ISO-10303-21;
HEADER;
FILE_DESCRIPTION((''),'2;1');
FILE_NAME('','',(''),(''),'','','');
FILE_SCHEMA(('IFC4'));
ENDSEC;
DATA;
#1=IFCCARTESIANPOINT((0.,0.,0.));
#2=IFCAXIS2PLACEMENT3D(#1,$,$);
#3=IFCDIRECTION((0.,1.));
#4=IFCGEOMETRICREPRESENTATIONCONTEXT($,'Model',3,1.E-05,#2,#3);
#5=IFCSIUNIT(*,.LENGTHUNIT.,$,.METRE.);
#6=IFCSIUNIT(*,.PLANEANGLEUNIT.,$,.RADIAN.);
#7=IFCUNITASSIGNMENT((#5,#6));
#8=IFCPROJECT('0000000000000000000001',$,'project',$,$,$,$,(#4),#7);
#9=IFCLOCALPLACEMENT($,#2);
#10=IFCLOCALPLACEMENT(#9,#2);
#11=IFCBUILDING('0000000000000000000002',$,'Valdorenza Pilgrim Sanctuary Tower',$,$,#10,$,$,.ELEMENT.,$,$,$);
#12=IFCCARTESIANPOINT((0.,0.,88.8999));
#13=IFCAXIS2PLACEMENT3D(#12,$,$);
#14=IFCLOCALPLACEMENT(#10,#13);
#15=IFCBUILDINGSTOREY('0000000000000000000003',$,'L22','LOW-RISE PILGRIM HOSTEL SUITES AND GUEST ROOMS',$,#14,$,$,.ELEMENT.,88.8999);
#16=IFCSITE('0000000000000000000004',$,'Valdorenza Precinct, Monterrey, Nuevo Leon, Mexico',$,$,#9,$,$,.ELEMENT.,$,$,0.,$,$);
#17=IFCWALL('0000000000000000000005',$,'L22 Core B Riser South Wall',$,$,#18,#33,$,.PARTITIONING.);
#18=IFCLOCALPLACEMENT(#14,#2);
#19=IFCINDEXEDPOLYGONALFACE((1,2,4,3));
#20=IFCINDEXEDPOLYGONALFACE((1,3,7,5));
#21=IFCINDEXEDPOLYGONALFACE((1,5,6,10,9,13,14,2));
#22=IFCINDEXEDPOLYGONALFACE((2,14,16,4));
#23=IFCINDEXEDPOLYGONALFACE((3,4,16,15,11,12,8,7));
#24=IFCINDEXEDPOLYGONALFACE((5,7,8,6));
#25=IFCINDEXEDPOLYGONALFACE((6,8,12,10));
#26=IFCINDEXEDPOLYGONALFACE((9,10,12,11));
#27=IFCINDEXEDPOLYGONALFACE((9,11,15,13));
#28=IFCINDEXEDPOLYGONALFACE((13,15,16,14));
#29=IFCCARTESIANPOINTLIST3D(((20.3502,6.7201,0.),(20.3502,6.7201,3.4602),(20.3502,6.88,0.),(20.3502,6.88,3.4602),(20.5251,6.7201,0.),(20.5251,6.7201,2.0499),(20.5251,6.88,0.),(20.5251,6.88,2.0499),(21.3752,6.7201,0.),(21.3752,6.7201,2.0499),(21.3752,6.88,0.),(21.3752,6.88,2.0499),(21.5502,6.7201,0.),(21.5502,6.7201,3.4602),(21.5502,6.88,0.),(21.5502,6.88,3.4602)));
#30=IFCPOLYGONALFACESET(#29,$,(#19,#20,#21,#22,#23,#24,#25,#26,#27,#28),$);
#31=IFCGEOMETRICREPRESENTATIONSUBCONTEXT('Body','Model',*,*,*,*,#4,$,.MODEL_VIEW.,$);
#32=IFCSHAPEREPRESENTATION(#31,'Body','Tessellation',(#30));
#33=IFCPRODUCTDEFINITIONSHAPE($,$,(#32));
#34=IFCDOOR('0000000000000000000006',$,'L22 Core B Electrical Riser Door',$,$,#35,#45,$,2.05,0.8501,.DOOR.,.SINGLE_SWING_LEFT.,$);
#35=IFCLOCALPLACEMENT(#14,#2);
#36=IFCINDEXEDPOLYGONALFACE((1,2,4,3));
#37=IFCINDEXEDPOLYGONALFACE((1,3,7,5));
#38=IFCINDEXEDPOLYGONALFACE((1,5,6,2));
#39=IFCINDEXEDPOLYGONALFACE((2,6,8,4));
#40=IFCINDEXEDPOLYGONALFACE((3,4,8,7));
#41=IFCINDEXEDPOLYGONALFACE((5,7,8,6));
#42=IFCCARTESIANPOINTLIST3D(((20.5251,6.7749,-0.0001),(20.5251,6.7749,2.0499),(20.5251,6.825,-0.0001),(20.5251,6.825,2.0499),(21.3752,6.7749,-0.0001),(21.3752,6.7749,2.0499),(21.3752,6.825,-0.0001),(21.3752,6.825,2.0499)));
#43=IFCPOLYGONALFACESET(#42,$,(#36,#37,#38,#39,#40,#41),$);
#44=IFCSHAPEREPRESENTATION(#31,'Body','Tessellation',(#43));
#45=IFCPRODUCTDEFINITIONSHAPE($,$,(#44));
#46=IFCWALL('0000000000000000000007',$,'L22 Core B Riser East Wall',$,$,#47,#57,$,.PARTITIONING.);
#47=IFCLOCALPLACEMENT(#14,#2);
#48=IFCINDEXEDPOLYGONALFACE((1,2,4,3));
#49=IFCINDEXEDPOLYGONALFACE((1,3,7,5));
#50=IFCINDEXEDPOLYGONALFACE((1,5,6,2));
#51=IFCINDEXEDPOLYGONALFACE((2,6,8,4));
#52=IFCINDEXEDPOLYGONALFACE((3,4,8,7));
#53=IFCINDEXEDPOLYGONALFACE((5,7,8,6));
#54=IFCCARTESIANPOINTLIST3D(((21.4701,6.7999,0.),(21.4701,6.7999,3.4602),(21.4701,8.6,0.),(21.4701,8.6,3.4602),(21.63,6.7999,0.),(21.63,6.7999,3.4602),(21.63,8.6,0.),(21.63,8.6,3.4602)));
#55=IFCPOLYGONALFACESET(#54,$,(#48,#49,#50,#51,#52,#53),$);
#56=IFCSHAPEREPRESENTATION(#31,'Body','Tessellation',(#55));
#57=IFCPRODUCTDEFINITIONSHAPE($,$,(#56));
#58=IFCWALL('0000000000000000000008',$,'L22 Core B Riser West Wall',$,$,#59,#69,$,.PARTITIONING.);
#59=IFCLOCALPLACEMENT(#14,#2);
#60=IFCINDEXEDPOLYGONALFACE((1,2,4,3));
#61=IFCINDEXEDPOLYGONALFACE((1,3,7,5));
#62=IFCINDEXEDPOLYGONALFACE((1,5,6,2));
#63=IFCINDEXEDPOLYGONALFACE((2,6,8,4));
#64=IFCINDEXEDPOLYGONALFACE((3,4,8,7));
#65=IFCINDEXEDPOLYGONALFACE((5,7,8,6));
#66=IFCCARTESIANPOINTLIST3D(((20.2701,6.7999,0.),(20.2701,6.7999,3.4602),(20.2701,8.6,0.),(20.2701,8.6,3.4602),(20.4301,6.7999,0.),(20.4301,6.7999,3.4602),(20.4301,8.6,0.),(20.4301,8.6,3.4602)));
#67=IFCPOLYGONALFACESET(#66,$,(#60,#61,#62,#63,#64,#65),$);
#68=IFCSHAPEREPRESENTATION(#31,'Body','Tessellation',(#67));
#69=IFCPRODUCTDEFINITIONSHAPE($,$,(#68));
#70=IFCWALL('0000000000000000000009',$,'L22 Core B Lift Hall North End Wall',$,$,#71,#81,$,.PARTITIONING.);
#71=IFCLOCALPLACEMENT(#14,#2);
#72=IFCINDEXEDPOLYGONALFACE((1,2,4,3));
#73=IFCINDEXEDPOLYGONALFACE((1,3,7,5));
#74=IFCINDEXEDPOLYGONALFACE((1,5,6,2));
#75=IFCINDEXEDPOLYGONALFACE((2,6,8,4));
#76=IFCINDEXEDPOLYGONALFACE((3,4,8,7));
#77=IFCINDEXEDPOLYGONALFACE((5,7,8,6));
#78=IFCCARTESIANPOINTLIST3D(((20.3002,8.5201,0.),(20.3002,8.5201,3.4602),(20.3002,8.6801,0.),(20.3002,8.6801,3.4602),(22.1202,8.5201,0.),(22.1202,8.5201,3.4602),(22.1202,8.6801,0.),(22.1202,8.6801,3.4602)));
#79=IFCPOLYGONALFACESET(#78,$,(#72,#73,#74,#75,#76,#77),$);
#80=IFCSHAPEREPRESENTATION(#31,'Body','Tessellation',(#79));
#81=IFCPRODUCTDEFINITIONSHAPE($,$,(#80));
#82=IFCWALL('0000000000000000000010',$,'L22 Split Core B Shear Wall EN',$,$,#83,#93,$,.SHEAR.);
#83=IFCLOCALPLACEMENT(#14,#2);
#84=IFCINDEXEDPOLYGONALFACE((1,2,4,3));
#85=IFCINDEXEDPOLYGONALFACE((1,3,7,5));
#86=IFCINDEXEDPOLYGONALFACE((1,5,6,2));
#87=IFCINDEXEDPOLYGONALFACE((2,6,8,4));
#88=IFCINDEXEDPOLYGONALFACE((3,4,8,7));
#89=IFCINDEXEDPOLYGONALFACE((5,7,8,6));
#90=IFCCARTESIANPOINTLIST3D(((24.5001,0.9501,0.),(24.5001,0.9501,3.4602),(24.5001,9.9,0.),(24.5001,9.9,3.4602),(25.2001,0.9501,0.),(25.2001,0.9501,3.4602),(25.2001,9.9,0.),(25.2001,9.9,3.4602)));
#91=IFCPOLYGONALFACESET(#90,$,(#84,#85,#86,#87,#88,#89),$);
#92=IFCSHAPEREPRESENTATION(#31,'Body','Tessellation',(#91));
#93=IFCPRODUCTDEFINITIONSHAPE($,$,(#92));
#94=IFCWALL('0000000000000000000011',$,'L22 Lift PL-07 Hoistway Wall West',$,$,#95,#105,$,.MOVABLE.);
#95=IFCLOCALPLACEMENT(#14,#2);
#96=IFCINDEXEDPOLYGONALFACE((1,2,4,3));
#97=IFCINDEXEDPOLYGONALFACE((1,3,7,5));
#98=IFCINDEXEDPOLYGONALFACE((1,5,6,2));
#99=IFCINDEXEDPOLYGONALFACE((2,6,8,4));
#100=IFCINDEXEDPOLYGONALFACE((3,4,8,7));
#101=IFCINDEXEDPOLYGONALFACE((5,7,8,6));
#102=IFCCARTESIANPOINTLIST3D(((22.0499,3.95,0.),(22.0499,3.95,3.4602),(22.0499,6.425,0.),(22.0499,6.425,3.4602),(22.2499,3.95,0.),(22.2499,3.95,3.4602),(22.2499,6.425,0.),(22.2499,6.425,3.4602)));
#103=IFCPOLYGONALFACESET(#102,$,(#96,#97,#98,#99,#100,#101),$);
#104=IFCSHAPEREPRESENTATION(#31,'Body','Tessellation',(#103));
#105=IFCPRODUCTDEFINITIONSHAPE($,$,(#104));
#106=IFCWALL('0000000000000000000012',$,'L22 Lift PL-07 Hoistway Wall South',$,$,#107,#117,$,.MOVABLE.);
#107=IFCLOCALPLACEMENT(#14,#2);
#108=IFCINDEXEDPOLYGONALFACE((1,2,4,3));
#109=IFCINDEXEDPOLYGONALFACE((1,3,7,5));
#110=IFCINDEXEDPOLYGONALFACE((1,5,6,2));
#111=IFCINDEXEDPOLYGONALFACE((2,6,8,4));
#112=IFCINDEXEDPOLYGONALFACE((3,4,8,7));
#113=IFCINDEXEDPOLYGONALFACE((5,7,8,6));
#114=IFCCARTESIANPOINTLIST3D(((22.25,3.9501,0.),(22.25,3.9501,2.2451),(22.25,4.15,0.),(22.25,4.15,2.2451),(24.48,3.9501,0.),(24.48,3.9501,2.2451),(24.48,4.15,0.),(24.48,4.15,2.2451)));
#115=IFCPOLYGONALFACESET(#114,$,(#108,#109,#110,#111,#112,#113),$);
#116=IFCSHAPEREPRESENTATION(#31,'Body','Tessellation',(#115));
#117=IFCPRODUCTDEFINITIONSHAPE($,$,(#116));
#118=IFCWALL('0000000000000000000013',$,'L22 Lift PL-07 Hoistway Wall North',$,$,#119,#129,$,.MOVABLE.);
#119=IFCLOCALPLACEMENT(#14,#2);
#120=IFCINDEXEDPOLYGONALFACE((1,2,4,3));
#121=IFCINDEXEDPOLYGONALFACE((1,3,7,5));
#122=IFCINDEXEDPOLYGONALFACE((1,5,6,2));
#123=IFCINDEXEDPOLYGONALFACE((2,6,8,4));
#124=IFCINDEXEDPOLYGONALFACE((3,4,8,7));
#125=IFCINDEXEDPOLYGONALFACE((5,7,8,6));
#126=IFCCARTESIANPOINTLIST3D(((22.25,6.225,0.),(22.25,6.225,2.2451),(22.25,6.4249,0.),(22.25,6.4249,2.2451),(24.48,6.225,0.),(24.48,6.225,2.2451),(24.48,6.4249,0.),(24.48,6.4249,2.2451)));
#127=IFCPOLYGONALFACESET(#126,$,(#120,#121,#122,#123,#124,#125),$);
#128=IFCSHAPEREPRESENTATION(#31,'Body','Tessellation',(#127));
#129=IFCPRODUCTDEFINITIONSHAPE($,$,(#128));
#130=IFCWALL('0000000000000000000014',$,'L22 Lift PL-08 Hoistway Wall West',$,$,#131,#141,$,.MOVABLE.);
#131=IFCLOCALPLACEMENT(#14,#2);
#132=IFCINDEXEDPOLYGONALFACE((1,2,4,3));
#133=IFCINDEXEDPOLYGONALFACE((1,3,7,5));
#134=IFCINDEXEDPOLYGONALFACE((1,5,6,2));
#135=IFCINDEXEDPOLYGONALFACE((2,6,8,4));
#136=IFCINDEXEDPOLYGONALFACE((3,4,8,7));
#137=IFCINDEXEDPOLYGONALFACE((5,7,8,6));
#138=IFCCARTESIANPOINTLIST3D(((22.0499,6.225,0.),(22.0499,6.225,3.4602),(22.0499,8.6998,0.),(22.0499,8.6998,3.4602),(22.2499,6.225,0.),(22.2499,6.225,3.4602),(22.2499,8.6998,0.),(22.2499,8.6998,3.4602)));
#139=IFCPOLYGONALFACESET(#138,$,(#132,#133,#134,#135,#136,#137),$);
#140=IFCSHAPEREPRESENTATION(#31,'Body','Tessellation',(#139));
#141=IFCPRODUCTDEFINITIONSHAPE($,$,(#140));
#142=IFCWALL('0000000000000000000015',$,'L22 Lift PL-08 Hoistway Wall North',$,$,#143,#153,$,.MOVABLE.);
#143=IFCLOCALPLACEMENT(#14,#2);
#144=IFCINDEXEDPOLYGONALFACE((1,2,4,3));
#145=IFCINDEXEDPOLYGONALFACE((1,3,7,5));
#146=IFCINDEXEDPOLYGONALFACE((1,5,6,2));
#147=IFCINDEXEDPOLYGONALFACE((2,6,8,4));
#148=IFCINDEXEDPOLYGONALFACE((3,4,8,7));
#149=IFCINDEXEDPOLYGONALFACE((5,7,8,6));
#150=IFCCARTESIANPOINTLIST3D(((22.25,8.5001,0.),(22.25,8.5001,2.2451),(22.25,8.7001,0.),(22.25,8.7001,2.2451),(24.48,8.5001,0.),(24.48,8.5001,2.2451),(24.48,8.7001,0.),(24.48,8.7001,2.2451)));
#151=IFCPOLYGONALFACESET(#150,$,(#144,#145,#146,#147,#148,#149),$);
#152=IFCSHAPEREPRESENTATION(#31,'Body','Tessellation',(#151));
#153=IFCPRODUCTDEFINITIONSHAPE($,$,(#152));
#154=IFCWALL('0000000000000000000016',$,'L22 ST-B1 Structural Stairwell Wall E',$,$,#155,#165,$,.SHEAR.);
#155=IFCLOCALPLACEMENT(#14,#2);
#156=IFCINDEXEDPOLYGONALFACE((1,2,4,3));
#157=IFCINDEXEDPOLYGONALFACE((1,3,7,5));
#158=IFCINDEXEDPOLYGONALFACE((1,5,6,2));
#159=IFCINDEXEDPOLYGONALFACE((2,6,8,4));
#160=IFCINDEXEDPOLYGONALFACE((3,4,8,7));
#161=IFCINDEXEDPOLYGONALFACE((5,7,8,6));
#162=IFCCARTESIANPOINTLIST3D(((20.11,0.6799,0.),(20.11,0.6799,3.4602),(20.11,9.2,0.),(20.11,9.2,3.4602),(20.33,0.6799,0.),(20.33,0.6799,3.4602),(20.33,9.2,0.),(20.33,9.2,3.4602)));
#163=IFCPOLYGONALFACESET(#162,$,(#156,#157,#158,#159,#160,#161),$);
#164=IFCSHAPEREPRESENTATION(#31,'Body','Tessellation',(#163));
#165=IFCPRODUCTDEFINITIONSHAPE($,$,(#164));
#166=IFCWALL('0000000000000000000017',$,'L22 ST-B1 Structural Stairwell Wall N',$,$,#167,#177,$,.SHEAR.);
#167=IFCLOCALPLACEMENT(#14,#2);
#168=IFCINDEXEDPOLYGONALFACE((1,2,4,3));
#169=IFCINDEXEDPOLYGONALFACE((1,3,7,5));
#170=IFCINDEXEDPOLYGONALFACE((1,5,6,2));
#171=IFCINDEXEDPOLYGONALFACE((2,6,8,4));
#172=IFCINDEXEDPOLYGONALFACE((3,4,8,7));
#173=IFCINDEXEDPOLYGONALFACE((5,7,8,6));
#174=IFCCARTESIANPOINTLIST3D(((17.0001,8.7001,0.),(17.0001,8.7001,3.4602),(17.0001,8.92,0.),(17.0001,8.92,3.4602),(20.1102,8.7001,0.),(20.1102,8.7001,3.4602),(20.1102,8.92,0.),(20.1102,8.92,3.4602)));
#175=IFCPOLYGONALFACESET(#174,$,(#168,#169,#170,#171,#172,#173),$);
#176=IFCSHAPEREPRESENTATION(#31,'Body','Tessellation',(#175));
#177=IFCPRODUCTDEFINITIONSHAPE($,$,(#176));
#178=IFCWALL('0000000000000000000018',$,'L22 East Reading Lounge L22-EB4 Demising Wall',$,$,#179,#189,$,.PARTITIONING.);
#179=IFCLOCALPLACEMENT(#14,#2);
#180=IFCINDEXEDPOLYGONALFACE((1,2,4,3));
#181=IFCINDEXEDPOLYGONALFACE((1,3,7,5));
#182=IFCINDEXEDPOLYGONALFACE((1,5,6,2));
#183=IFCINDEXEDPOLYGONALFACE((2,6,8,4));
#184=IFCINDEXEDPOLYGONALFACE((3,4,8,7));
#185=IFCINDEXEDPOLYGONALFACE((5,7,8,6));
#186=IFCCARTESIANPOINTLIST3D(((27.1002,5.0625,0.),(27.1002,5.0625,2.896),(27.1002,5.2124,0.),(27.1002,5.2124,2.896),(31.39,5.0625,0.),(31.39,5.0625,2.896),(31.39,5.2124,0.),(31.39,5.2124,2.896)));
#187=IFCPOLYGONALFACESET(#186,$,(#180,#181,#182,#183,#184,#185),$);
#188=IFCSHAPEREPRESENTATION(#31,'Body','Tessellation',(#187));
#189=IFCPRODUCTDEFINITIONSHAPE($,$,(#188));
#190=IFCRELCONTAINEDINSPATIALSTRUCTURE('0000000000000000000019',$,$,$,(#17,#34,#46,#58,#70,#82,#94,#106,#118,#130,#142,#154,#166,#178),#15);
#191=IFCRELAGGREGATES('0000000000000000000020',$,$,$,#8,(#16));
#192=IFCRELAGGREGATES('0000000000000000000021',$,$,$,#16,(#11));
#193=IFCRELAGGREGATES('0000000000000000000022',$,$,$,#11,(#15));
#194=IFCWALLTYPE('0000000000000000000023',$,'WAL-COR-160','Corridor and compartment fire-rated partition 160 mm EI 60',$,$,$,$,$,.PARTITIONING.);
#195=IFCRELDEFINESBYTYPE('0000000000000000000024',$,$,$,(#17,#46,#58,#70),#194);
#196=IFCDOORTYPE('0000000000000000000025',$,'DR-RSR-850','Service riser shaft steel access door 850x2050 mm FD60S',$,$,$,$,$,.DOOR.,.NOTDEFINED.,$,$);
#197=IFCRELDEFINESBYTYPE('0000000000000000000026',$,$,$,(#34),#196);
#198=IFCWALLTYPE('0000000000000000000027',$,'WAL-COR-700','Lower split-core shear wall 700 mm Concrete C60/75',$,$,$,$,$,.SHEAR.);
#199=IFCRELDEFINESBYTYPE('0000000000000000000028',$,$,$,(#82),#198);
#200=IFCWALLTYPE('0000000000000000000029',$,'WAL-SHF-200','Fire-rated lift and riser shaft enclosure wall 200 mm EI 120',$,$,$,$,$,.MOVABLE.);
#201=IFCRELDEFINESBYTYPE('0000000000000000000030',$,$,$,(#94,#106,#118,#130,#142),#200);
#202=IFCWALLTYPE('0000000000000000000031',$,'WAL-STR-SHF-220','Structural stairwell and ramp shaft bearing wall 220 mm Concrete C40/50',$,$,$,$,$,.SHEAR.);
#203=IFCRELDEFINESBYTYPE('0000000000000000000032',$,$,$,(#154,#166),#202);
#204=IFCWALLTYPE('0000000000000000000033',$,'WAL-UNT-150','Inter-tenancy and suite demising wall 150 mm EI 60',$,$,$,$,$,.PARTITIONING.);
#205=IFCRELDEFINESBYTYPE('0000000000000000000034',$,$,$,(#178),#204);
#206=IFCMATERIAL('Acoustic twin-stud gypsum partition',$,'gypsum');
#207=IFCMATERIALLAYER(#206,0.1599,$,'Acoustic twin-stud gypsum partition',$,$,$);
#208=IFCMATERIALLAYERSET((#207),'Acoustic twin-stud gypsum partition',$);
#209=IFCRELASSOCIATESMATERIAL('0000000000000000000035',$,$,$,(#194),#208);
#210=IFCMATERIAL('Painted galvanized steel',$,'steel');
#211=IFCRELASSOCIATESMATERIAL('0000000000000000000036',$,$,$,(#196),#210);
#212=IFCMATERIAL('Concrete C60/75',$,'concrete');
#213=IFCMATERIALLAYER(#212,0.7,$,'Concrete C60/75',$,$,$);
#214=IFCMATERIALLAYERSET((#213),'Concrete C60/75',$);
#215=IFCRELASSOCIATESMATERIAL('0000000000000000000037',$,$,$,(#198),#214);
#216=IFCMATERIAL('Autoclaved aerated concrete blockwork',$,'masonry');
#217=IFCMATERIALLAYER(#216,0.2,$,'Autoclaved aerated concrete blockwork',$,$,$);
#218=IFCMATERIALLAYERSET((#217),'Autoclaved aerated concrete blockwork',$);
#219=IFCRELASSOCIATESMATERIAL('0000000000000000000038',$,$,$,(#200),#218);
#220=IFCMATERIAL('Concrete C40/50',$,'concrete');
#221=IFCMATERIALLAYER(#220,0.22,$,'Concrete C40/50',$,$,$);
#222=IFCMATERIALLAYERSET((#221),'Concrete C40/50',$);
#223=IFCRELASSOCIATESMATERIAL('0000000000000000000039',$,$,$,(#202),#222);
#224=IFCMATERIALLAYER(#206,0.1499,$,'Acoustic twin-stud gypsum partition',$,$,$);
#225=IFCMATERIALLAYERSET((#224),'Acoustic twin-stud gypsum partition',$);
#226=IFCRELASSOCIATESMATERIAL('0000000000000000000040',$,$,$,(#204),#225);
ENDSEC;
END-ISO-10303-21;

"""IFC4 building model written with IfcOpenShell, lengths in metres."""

from ifc_helpers import new_model, si_unit, direction, frame, frame_2d, origin, place, context, subcontext, project, spatial, rectangle, extrude, material, layer, layer_set, type_object, element, fill, save


model = new_model("IFC4")

# Units and contexts
model_context = context("Model", 3, precision=1e-05, world=origin(), true_north=direction((0.0, 1.0)))
body_context = subcontext(model_context, "Body", "Model", "MODEL_VIEW")
ifc_project = project(units=[si_unit("LENGTHUNIT", "METRE"), si_unit("PLANEANGLEUNIT", "RADIAN")], contexts=[model_context])

# Site, building, storey
site_placement = place(None, origin())
site = spatial("IfcSite", under=ifc_project, at=site_placement, Name="Valdorenza Precinct, Monterrey, Nuevo Leon, Mexico", CompositionType="ELEMENT", RefElevation=0.0)
building_placement = place(site_placement, origin())
building = spatial("IfcBuilding", under=site, at=building_placement, Name="Valdorenza Pilgrim Sanctuary Tower", CompositionType="ELEMENT")
storey_placement = place(building_placement, frame((0.0, 0.0, 88.8999)))
storey = spatial("IfcBuildingStorey", under=building, at=storey_placement, Name="L22", Description="LOW-RISE PILGRIM HOSTEL SUITES AND GUEST ROOMS", CompositionType="ELEMENT", Elevation=88.8999)

# Wall, opening, door
ifc_material_1 = material(Name="Acoustic twin-stud gypsum partition", Category="gypsum")
ifc_layer_1 = layer(ifc_material_1, 0.1599, Name="Acoustic twin-stud gypsum partition")
ifc_layer_set_1 = layer_set([ifc_layer_1], Name="Acoustic twin-stud gypsum partition")
wall_type_1 = type_object("IfcWallType", Name="WAL-COR-160", Description="Corridor and compartment fire-rated partition 160 mm EI 60", PredefinedType="PARTITIONING", material=ifc_layer_set_1)
wall_1_placement = place(storey_placement, frame((20.3501, 6.8, 0.0), z_axis=(0.0, 0.0, 1.0), x_axis=(1.0, 0.0, 0.0)))
wall_1 = element("IfcWall", 1, at=wall_1_placement, inside=storey, type_object=wall_type_1, Name="L22 Core B Riser South Wall", PredefinedType="PARTITIONING", context=body_context, shape_type="SweptSolid", body=[
    extrude(rectangle(XDim=1.2, YDim=0.1599, at=frame_2d((0.6001, 0.0))), origin(), (0.0, 0.0, 1.0), 3.4602),
])
opening_1_placement = place(wall_1_placement, frame((0.175, 0.0, 0.0)))
opening_1 = element("IfcOpeningElement", 2, at=opening_1_placement, cuts=wall_1, PredefinedType="OPENING", context=body_context, shape_type="SweptSolid", body=[
    extrude(rectangle(XDim=0.8501, YDim=2.05, at=frame_2d((0.425, 1.0249))), frame((0.0, 0.0947, 0.0), z_axis=(0.0, -1.0, 0.0), x_axis=(1.0, 0.0, 0.0)), (0.0, 0.0, 1.0), 0.1897),
])
ifc_material_2 = material(Name="Painted galvanized steel", Category="steel")
door_type_1 = type_object("IfcDoorType", Name="DR-RSR-850", Description="Service riser shaft steel access door 850x2050 mm FD60S", OperationType="NOTDEFINED", PredefinedType="DOOR", material=ifc_material_2)
door_1_placement = place(opening_1_placement, origin())
door_1 = element("IfcDoor", 3, at=door_1_placement, inside=storey, type_object=door_type_1, Name="L22 Core B Electrical Riser Door", OperationType="SINGLE_SWING_LEFT", OverallHeight=2.05, OverallWidth=0.8501, PredefinedType="DOOR", context=body_context, shape_type="SweptSolid", body=[
    extrude(rectangle(XDim=0.8501, YDim=2.05, at=frame_2d((0.425, 1.0249))), frame((0.0, 0.0249, 0.0), z_axis=(0.0, -1.0, 0.0), x_axis=(1.0, 0.0, 0.0)), (0.0, 0.0, 1.0), 0.05),
])
fill(opening_1, door_1)

# Walls
for number, where, z_axis, x_axis, name in (
    (4, (21.55, 6.8, 0.0), (0.0, 0.0, 1.0), (0.0, 1.0, 0.0), "L22 Core B Riser East Wall"),
    (5, (20.3501, 6.8, 0.0), (0.0, 0.0, 1.0), (0.0, 1.0, 0.0), "L22 Core B Riser West Wall"),
):
    element("IfcWall", number, at=place(storey_placement, frame(where, z_axis=z_axis, x_axis=x_axis)), inside=storey, type_object=wall_type_1, Name=name, PredefinedType="PARTITIONING", context=body_context, shape_type="SweptSolid", body=[
        extrude(rectangle(XDim=1.8, YDim=0.1599, at=frame_2d((0.8999, 0.0))), origin(), (0.0, 0.0, 1.0), 3.4602),
    ])
wall_2_placement = place(storey_placement, frame((20.3, 8.6001, 0.0), z_axis=(0.0, 0.0, 1.0), x_axis=(1.0, 0.0, 0.0)))
element("IfcWall", 6, at=wall_2_placement, inside=storey, type_object=wall_type_1, Name="L22 Core B Lift Hall North End Wall", PredefinedType="PARTITIONING", context=body_context, shape_type="SweptSolid", body=[
    extrude(rectangle(XDim=1.8201, YDim=0.1599, at=frame_2d((0.9102, 0.0))), origin(), (0.0, 0.0, 1.0), 3.4602),
])
ifc_material_3 = material(Name="Concrete C60/75", Category="concrete")
ifc_layer_2 = layer(ifc_material_3, 0.7, Name="Concrete C60/75")
ifc_layer_set_2 = layer_set([ifc_layer_2], Name="Concrete C60/75")
wall_type_2 = type_object("IfcWallType", Name="WAL-COR-700", Description="Lower split-core shear wall 700 mm Concrete C60/75", PredefinedType="SHEAR", material=ifc_layer_set_2)
wall_3_placement = place(storey_placement, frame((24.8501, 0.95, 0.0), z_axis=(0.0, 0.0, 1.0), x_axis=(0.0, 1.0, 0.0)))
element("IfcWall", 7, at=wall_3_placement, inside=storey, type_object=wall_type_2, Name="L22 Split Core B Shear Wall EN", PredefinedType="SHEAR", context=body_context, shape_type="SweptSolid", body=[
    extrude(rectangle(XDim=8.95, YDim=0.7, at=frame_2d((4.4751, 0.0))), origin(), (0.0, 0.0, 1.0), 3.4602),
])
ifc_material_4 = material(Name="Autoclaved aerated concrete blockwork", Category="masonry")
ifc_layer_3 = layer(ifc_material_4, 0.2, Name="Autoclaved aerated concrete blockwork")
ifc_layer_set_3 = layer_set([ifc_layer_3], Name="Autoclaved aerated concrete blockwork")
wall_type_3 = type_object("IfcWallType", Name="WAL-SHF-200", Description="Fire-rated lift and riser shaft enclosure wall 200 mm EI 120", PredefinedType="MOVABLE", material=ifc_layer_set_3)
wall_4_placement = place(storey_placement, frame((22.1499, 3.95, 0.0), z_axis=(0.0, 0.0, 1.0), x_axis=(0.0, 1.0, 0.0)))
element("IfcWall", 8, at=wall_4_placement, inside=storey, type_object=wall_type_3, Name="L22 Lift PL-07 Hoistway Wall West", PredefinedType="MOVABLE", context=body_context, shape_type="SweptSolid", body=[
    extrude(rectangle(XDim=2.4751, YDim=0.2, at=frame_2d((1.2375, 0.0))), origin(), (0.0, 0.0, 1.0), 3.4602),
])
for number, where, z_axis, x_axis, name in (
    (9, (22.25, 4.05, 0.0), (0.0, 0.0, 1.0), (1.0, 0.0, 0.0), "L22 Lift PL-07 Hoistway Wall South"),
    (10, (22.25, 6.325, 0.0), (0.0, 0.0, 1.0), (1.0, 0.0, 0.0), "L22 Lift PL-07 Hoistway Wall North"),
):
    element("IfcWall", number, at=place(storey_placement, frame(where, z_axis=z_axis, x_axis=x_axis)), inside=storey, type_object=wall_type_3, Name=name, PredefinedType="MOVABLE", context=body_context, shape_type="SweptSolid", body=[
        extrude(rectangle(XDim=2.23, YDim=0.2, at=frame_2d((1.115, 0.0))), origin(), (0.0, 0.0, 1.0), 2.2451),
    ])
wall_5_placement = place(storey_placement, frame((22.1499, 6.2251, 0.0), z_axis=(0.0, 0.0, 1.0), x_axis=(0.0, 1.0, 0.0)))
element("IfcWall", 11, at=wall_5_placement, inside=storey, type_object=wall_type_3, Name="L22 Lift PL-08 Hoistway Wall West", PredefinedType="MOVABLE", context=body_context, shape_type="SweptSolid", body=[
    extrude(rectangle(XDim=2.4749, YDim=0.2, at=frame_2d((1.2373, 0.0))), origin(), (0.0, 0.0, 1.0), 3.4602),
])
wall_6_placement = place(storey_placement, frame((22.25, 8.6001, 0.0), z_axis=(0.0, 0.0, 1.0), x_axis=(1.0, 0.0, 0.0)))
element("IfcWall", 12, at=wall_6_placement, inside=storey, type_object=wall_type_3, Name="L22 Lift PL-08 Hoistway Wall North", PredefinedType="MOVABLE", context=body_context, shape_type="SweptSolid", body=[
    extrude(rectangle(XDim=2.23, YDim=0.2, at=frame_2d((1.115, 0.0))), origin(), (0.0, 0.0, 1.0), 2.2451),
])
ifc_material_5 = material(Name="Concrete C40/50", Category="concrete")
ifc_layer_4 = layer(ifc_material_5, 0.22, Name="Concrete C40/50")
ifc_layer_set_4 = layer_set([ifc_layer_4], Name="Concrete C40/50")
wall_type_4 = type_object("IfcWallType", Name="WAL-STR-SHF-220", Description="Structural stairwell and ramp shaft bearing wall 220 mm Concrete C40/50", PredefinedType="SHEAR", material=ifc_layer_set_4)
wall_7_placement = place(storey_placement, frame((20.22, 0.6799, 0.0), z_axis=(0.0, 0.0, 1.0), x_axis=(0.0, 1.0, 0.0)))
element("IfcWall", 13, at=wall_7_placement, inside=storey, type_object=wall_type_4, Name="L22 ST-B1 Structural Stairwell Wall E", PredefinedType="SHEAR", context=body_context, shape_type="SweptSolid", body=[
    extrude(rectangle(XDim=8.52, YDim=0.22, at=frame_2d((4.26, 0.0))), origin(), (0.0, 0.0, 1.0), 3.4602),
])

# Walls
wall_8_placement = place(storey_placement, frame((17.0, 8.8101, 0.0), z_axis=(0.0, 0.0, 1.0), x_axis=(1.0, 0.0, 0.0)))
element("IfcWall", 14, at=wall_8_placement, inside=storey, type_object=wall_type_4, Name="L22 ST-B1 Structural Stairwell Wall N", PredefinedType="SHEAR", context=body_context, shape_type="SweptSolid", body=[
    extrude(rectangle(XDim=3.1101, YDim=0.22, at=frame_2d((1.5552, 0.0))), origin(), (0.0, 0.0, 1.0), 3.4602),
])
ifc_layer_5 = layer(ifc_material_1, 0.1499, Name="Acoustic twin-stud gypsum partition")
ifc_layer_set_5 = layer_set([ifc_layer_5], Name="Acoustic twin-stud gypsum partition")
wall_type_5 = type_object("IfcWallType", Name="WAL-UNT-150", Description="Inter-tenancy and suite demising wall 150 mm EI 60", PredefinedType="PARTITIONING", material=ifc_layer_set_5)
wall_9_placement = place(storey_placement, frame((27.1001, 5.1375, 0.0), z_axis=(0.0, 0.0, 1.0), x_axis=(1.0, 0.0, 0.0)))
element("IfcWall", 15, at=wall_9_placement, inside=storey, type_object=wall_type_5, Name="L22 East Reading Lounge L22-EB4 Demising Wall", PredefinedType="PARTITIONING", context=body_context, shape_type="SweptSolid", body=[
    extrude(rectangle(XDim=4.2898, YDim=0.1499, at=frame_2d((2.145, 0.0))), origin(), (0.0, 0.0, 1.0), 2.896),
])

save(model, "model.ifc")
